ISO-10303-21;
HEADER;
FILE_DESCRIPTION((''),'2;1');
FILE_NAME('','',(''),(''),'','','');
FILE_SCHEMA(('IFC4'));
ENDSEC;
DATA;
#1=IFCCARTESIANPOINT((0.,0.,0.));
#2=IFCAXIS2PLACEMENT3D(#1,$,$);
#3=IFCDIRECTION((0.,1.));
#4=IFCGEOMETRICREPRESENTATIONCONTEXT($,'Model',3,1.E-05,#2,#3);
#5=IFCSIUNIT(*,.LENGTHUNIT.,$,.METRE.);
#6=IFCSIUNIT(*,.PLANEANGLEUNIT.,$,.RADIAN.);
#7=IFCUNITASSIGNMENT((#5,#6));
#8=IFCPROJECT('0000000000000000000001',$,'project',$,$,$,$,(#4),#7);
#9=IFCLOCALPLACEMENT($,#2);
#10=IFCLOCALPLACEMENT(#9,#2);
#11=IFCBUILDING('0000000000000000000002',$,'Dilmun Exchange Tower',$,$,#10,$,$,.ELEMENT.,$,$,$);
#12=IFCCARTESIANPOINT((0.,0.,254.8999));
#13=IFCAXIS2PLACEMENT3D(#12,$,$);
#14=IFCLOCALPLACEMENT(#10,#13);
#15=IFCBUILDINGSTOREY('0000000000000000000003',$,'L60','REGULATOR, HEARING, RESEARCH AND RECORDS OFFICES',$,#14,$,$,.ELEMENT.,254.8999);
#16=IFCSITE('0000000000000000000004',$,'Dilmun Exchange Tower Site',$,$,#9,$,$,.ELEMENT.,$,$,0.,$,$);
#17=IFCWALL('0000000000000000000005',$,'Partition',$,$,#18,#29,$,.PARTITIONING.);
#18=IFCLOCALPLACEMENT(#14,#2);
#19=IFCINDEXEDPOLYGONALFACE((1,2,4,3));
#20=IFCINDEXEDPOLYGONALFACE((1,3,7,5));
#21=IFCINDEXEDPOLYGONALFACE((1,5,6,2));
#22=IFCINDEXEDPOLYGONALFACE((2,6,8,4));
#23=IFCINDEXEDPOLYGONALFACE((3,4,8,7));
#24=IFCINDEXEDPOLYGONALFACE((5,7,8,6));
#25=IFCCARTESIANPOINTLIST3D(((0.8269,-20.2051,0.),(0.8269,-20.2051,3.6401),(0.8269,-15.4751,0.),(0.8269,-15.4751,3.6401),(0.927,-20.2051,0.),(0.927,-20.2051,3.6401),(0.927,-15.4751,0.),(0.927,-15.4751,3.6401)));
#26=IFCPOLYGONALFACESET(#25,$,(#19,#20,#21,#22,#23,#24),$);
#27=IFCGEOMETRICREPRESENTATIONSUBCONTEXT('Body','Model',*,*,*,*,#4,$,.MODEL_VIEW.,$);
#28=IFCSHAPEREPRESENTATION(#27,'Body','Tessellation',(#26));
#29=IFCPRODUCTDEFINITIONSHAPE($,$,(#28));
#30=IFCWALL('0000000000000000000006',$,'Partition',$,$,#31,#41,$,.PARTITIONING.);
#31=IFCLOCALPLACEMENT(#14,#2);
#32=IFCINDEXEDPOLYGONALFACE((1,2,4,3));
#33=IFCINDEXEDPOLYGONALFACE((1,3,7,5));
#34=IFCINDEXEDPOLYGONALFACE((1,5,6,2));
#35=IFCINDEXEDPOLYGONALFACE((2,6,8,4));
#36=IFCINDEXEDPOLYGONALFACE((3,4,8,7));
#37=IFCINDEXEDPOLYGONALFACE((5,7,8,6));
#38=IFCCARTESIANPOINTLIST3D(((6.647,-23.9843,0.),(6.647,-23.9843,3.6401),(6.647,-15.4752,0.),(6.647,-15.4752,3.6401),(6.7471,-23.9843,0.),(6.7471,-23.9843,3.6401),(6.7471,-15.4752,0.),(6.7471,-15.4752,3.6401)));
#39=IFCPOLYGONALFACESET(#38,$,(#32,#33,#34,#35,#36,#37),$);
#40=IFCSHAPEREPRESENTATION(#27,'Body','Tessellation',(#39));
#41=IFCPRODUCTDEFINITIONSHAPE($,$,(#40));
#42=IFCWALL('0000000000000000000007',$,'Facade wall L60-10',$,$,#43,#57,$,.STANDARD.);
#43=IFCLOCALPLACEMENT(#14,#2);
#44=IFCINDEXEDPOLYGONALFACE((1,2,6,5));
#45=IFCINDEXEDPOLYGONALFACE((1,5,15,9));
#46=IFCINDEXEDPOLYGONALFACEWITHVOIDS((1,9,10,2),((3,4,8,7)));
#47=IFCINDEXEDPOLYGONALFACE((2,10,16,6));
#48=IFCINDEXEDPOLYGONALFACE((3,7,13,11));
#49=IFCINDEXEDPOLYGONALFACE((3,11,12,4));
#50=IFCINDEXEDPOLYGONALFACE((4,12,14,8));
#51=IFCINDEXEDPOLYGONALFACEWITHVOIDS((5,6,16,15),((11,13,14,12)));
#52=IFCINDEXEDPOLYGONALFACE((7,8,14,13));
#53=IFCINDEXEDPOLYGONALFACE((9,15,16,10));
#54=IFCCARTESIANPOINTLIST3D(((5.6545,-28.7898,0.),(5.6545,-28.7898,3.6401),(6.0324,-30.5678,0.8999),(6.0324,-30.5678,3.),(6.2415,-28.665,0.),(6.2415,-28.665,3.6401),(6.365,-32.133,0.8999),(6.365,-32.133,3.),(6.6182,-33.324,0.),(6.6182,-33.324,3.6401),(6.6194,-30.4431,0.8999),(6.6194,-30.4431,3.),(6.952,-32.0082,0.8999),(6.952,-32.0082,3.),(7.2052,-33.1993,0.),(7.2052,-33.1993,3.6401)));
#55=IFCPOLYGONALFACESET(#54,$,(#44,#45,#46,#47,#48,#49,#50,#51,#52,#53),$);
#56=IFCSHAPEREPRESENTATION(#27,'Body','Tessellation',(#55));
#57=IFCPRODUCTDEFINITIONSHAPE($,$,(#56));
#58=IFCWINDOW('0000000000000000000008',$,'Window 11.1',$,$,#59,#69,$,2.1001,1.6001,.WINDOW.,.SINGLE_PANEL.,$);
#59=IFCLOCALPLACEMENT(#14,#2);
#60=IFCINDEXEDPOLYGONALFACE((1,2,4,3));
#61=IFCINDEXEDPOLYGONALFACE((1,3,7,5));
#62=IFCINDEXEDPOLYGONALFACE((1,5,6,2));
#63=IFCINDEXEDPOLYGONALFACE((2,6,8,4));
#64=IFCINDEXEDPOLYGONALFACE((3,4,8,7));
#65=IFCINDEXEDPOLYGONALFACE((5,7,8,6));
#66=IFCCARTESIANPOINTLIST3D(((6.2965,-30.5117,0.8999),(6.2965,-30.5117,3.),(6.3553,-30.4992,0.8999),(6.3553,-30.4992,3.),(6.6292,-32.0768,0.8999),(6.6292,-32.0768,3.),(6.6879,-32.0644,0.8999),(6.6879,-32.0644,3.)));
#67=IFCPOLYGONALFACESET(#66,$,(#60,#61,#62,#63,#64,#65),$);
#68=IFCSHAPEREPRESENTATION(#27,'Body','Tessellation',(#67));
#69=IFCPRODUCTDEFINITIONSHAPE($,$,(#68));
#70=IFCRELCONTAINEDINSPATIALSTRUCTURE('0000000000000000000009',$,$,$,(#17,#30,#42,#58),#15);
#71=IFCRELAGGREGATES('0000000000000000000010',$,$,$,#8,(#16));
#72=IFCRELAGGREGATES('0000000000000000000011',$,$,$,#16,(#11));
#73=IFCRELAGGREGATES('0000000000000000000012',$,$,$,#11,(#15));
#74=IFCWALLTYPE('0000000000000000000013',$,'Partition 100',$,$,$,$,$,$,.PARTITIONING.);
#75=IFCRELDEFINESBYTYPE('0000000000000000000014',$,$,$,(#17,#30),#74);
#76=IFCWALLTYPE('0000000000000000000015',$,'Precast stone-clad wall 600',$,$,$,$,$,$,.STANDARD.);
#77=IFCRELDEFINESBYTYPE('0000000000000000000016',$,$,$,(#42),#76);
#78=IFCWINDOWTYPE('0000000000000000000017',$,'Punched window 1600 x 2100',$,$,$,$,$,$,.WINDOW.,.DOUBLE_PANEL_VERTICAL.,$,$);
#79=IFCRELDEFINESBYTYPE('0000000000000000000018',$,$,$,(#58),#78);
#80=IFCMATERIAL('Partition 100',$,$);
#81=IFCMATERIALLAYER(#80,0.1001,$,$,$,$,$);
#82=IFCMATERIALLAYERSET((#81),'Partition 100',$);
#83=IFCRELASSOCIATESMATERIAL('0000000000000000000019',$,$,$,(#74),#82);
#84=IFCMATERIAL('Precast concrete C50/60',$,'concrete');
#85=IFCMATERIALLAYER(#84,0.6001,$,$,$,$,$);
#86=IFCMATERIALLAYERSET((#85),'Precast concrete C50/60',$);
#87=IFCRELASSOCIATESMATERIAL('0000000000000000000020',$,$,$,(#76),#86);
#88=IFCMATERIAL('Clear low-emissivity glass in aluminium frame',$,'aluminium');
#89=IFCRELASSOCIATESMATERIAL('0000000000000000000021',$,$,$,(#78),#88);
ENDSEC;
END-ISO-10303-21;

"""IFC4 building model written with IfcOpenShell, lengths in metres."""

from ifc_helpers import new_model, si_unit, direction, frame, frame_2d, origin, place, context, subcontext, project, spatial, rectangle, extrude, material, layer, layer_set, type_object, element, fill, save


model = new_model("IFC4")

# Units and contexts
model_context = context("Model", 3, precision=1e-05, world=origin(), true_north=direction((0.0, 1.0)))
body_context = subcontext(model_context, "Body", "Model", "MODEL_VIEW")
ifc_project = project(units=[si_unit("LENGTHUNIT", "METRE"), si_unit("PLANEANGLEUNIT", "RADIAN")], contexts=[model_context])

# Site, building, storey
site_placement = place(None, origin())
site = spatial("IfcSite", under=ifc_project, at=site_placement, Name="Dilmun Exchange Tower Site", CompositionType="ELEMENT", RefElevation=0.0)
building_placement = place(site_placement, origin())
building = spatial("IfcBuilding", under=site, at=building_placement, Name="Dilmun Exchange Tower", CompositionType="ELEMENT")
storey_placement = place(building_placement, frame((0.0, 0.0, 254.8999)))
storey = spatial("IfcBuildingStorey", under=building, at=storey_placement, Name="L60", Description="REGULATOR, HEARING, RESEARCH AND RECORDS OFFICES", CompositionType="ELEMENT", Elevation=254.8999)

# Walls
ifc_material_1 = material(Name="Partition 100")
ifc_layer_1 = layer(ifc_material_1, 0.1001)
ifc_layer_set_1 = layer_set([ifc_layer_1], Name="Partition 100")
wall_type_1 = type_object("IfcWallType", Name="Partition 100", PredefinedType="PARTITIONING", material=ifc_layer_set_1)
wall_1_placement = place(storey_placement, frame((0.877, -20.2051, 0.0), z_axis=(0.0, 0.0, 1.0), x_axis=(0.0, 1.0, 0.0)))
element("IfcWall", 1, at=wall_1_placement, inside=storey, type_object=wall_type_1, Name="Partition", PredefinedType="PARTITIONING", context=body_context, shape_type="SweptSolid", body=[
    extrude(rectangle(XDim=4.73, YDim=0.1001, at=frame_2d((2.365, 0.0))), origin(), (0.0, 0.0, 1.0), 3.6401),
])
wall_2_placement = place(storey_placement, frame((6.697, -23.9841, 0.0), z_axis=(0.0, 0.0, 1.0), x_axis=(0.0, 1.0, 0.0)))
element("IfcWall", 2, at=wall_2_placement, inside=storey, type_object=wall_type_1, Name="Partition", PredefinedType="PARTITIONING", context=body_context, shape_type="SweptSolid", body=[
    extrude(rectangle(XDim=8.509, YDim=0.1001, at=frame_2d((4.2544, 0.0))), origin(), (0.0, 0.0, 1.0), 3.6401),
])

# Wall, opening, window
ifc_material_2 = material(Name="Precast concrete C50/60", Category="concrete")
ifc_layer_2 = layer(ifc_material_2, 0.6001)
ifc_layer_set_2 = layer_set([ifc_layer_2], Name="Precast concrete C50/60")
wall_type_2 = type_object("IfcWallType", Name="Precast stone-clad wall 600", PredefinedType="STANDARD", material=ifc_layer_set_2)
wall_3_placement = place(storey_placement, frame((5.948, -28.7273, 0.0), z_axis=(0.0, 0.0, 1.0), x_axis=(0.207881, -0.978154, 0.0)))
wall_3 = element("IfcWall", 3, at=wall_3_placement, inside=storey, type_object=wall_type_2, Name="Facade wall L60-10", PredefinedType="STANDARD", context=body_context, shape_type="SweptSolid", body=[
    extrude(rectangle(XDim=4.6355, YDim=0.6001, at=frame_2d((2.3179, 0.0))), origin(), (0.0, 0.0, 1.0), 3.6401),
])
opening_1_placement = place(wall_3_placement, frame((1.8179, 0.0, 0.8999)))
opening_1 = element("IfcOpeningElement", 4, at=opening_1_placement, cuts=wall_3, PredefinedType="OPENING", context=body_context, shape_type="SweptSolid", body=[
    extrude(rectangle(XDim=1.6001, YDim=2.1001, at=frame_2d((0.8, 1.05))), frame((0.0, 0.3101, 0.0), z_axis=(0.0, -1.0, 0.0), x_axis=(1.0, 0.0, 0.0)), (0.0, 0.0, 1.0), 0.6201),
])
ifc_material_3 = material(Name="Clear low-emissivity glass in aluminium frame", Category="aluminium")
window_type_1 = type_object("IfcWindowType", Name="Punched window 1600 x 2100", PartitioningType="DOUBLE_PANEL_VERTICAL", PredefinedType="WINDOW", material=ifc_material_3)
window_1_placement = place(opening_1_placement, origin())
window_1 = element("IfcWindow", 5, at=window_1_placement, inside=storey, type_object=window_type_1, Name="Window 11.1", OverallHeight=2.1001, OverallWidth=1.6001, PartitioningType="SINGLE_PANEL", PredefinedType="WINDOW", context=body_context, shape_type="SweptSolid", body=[
    extrude(rectangle(XDim=1.6001, YDim=2.1001, at=frame_2d((0.8, 1.05))), frame((0.0, 0.03, 0.0), z_axis=(0.0, -1.0, 0.0), x_axis=(1.0, 0.0, 0.0)), (0.0, 0.0, 1.0), 0.0601),
])
fill(opening_1, window_1)

save(model, "model.ifc")
